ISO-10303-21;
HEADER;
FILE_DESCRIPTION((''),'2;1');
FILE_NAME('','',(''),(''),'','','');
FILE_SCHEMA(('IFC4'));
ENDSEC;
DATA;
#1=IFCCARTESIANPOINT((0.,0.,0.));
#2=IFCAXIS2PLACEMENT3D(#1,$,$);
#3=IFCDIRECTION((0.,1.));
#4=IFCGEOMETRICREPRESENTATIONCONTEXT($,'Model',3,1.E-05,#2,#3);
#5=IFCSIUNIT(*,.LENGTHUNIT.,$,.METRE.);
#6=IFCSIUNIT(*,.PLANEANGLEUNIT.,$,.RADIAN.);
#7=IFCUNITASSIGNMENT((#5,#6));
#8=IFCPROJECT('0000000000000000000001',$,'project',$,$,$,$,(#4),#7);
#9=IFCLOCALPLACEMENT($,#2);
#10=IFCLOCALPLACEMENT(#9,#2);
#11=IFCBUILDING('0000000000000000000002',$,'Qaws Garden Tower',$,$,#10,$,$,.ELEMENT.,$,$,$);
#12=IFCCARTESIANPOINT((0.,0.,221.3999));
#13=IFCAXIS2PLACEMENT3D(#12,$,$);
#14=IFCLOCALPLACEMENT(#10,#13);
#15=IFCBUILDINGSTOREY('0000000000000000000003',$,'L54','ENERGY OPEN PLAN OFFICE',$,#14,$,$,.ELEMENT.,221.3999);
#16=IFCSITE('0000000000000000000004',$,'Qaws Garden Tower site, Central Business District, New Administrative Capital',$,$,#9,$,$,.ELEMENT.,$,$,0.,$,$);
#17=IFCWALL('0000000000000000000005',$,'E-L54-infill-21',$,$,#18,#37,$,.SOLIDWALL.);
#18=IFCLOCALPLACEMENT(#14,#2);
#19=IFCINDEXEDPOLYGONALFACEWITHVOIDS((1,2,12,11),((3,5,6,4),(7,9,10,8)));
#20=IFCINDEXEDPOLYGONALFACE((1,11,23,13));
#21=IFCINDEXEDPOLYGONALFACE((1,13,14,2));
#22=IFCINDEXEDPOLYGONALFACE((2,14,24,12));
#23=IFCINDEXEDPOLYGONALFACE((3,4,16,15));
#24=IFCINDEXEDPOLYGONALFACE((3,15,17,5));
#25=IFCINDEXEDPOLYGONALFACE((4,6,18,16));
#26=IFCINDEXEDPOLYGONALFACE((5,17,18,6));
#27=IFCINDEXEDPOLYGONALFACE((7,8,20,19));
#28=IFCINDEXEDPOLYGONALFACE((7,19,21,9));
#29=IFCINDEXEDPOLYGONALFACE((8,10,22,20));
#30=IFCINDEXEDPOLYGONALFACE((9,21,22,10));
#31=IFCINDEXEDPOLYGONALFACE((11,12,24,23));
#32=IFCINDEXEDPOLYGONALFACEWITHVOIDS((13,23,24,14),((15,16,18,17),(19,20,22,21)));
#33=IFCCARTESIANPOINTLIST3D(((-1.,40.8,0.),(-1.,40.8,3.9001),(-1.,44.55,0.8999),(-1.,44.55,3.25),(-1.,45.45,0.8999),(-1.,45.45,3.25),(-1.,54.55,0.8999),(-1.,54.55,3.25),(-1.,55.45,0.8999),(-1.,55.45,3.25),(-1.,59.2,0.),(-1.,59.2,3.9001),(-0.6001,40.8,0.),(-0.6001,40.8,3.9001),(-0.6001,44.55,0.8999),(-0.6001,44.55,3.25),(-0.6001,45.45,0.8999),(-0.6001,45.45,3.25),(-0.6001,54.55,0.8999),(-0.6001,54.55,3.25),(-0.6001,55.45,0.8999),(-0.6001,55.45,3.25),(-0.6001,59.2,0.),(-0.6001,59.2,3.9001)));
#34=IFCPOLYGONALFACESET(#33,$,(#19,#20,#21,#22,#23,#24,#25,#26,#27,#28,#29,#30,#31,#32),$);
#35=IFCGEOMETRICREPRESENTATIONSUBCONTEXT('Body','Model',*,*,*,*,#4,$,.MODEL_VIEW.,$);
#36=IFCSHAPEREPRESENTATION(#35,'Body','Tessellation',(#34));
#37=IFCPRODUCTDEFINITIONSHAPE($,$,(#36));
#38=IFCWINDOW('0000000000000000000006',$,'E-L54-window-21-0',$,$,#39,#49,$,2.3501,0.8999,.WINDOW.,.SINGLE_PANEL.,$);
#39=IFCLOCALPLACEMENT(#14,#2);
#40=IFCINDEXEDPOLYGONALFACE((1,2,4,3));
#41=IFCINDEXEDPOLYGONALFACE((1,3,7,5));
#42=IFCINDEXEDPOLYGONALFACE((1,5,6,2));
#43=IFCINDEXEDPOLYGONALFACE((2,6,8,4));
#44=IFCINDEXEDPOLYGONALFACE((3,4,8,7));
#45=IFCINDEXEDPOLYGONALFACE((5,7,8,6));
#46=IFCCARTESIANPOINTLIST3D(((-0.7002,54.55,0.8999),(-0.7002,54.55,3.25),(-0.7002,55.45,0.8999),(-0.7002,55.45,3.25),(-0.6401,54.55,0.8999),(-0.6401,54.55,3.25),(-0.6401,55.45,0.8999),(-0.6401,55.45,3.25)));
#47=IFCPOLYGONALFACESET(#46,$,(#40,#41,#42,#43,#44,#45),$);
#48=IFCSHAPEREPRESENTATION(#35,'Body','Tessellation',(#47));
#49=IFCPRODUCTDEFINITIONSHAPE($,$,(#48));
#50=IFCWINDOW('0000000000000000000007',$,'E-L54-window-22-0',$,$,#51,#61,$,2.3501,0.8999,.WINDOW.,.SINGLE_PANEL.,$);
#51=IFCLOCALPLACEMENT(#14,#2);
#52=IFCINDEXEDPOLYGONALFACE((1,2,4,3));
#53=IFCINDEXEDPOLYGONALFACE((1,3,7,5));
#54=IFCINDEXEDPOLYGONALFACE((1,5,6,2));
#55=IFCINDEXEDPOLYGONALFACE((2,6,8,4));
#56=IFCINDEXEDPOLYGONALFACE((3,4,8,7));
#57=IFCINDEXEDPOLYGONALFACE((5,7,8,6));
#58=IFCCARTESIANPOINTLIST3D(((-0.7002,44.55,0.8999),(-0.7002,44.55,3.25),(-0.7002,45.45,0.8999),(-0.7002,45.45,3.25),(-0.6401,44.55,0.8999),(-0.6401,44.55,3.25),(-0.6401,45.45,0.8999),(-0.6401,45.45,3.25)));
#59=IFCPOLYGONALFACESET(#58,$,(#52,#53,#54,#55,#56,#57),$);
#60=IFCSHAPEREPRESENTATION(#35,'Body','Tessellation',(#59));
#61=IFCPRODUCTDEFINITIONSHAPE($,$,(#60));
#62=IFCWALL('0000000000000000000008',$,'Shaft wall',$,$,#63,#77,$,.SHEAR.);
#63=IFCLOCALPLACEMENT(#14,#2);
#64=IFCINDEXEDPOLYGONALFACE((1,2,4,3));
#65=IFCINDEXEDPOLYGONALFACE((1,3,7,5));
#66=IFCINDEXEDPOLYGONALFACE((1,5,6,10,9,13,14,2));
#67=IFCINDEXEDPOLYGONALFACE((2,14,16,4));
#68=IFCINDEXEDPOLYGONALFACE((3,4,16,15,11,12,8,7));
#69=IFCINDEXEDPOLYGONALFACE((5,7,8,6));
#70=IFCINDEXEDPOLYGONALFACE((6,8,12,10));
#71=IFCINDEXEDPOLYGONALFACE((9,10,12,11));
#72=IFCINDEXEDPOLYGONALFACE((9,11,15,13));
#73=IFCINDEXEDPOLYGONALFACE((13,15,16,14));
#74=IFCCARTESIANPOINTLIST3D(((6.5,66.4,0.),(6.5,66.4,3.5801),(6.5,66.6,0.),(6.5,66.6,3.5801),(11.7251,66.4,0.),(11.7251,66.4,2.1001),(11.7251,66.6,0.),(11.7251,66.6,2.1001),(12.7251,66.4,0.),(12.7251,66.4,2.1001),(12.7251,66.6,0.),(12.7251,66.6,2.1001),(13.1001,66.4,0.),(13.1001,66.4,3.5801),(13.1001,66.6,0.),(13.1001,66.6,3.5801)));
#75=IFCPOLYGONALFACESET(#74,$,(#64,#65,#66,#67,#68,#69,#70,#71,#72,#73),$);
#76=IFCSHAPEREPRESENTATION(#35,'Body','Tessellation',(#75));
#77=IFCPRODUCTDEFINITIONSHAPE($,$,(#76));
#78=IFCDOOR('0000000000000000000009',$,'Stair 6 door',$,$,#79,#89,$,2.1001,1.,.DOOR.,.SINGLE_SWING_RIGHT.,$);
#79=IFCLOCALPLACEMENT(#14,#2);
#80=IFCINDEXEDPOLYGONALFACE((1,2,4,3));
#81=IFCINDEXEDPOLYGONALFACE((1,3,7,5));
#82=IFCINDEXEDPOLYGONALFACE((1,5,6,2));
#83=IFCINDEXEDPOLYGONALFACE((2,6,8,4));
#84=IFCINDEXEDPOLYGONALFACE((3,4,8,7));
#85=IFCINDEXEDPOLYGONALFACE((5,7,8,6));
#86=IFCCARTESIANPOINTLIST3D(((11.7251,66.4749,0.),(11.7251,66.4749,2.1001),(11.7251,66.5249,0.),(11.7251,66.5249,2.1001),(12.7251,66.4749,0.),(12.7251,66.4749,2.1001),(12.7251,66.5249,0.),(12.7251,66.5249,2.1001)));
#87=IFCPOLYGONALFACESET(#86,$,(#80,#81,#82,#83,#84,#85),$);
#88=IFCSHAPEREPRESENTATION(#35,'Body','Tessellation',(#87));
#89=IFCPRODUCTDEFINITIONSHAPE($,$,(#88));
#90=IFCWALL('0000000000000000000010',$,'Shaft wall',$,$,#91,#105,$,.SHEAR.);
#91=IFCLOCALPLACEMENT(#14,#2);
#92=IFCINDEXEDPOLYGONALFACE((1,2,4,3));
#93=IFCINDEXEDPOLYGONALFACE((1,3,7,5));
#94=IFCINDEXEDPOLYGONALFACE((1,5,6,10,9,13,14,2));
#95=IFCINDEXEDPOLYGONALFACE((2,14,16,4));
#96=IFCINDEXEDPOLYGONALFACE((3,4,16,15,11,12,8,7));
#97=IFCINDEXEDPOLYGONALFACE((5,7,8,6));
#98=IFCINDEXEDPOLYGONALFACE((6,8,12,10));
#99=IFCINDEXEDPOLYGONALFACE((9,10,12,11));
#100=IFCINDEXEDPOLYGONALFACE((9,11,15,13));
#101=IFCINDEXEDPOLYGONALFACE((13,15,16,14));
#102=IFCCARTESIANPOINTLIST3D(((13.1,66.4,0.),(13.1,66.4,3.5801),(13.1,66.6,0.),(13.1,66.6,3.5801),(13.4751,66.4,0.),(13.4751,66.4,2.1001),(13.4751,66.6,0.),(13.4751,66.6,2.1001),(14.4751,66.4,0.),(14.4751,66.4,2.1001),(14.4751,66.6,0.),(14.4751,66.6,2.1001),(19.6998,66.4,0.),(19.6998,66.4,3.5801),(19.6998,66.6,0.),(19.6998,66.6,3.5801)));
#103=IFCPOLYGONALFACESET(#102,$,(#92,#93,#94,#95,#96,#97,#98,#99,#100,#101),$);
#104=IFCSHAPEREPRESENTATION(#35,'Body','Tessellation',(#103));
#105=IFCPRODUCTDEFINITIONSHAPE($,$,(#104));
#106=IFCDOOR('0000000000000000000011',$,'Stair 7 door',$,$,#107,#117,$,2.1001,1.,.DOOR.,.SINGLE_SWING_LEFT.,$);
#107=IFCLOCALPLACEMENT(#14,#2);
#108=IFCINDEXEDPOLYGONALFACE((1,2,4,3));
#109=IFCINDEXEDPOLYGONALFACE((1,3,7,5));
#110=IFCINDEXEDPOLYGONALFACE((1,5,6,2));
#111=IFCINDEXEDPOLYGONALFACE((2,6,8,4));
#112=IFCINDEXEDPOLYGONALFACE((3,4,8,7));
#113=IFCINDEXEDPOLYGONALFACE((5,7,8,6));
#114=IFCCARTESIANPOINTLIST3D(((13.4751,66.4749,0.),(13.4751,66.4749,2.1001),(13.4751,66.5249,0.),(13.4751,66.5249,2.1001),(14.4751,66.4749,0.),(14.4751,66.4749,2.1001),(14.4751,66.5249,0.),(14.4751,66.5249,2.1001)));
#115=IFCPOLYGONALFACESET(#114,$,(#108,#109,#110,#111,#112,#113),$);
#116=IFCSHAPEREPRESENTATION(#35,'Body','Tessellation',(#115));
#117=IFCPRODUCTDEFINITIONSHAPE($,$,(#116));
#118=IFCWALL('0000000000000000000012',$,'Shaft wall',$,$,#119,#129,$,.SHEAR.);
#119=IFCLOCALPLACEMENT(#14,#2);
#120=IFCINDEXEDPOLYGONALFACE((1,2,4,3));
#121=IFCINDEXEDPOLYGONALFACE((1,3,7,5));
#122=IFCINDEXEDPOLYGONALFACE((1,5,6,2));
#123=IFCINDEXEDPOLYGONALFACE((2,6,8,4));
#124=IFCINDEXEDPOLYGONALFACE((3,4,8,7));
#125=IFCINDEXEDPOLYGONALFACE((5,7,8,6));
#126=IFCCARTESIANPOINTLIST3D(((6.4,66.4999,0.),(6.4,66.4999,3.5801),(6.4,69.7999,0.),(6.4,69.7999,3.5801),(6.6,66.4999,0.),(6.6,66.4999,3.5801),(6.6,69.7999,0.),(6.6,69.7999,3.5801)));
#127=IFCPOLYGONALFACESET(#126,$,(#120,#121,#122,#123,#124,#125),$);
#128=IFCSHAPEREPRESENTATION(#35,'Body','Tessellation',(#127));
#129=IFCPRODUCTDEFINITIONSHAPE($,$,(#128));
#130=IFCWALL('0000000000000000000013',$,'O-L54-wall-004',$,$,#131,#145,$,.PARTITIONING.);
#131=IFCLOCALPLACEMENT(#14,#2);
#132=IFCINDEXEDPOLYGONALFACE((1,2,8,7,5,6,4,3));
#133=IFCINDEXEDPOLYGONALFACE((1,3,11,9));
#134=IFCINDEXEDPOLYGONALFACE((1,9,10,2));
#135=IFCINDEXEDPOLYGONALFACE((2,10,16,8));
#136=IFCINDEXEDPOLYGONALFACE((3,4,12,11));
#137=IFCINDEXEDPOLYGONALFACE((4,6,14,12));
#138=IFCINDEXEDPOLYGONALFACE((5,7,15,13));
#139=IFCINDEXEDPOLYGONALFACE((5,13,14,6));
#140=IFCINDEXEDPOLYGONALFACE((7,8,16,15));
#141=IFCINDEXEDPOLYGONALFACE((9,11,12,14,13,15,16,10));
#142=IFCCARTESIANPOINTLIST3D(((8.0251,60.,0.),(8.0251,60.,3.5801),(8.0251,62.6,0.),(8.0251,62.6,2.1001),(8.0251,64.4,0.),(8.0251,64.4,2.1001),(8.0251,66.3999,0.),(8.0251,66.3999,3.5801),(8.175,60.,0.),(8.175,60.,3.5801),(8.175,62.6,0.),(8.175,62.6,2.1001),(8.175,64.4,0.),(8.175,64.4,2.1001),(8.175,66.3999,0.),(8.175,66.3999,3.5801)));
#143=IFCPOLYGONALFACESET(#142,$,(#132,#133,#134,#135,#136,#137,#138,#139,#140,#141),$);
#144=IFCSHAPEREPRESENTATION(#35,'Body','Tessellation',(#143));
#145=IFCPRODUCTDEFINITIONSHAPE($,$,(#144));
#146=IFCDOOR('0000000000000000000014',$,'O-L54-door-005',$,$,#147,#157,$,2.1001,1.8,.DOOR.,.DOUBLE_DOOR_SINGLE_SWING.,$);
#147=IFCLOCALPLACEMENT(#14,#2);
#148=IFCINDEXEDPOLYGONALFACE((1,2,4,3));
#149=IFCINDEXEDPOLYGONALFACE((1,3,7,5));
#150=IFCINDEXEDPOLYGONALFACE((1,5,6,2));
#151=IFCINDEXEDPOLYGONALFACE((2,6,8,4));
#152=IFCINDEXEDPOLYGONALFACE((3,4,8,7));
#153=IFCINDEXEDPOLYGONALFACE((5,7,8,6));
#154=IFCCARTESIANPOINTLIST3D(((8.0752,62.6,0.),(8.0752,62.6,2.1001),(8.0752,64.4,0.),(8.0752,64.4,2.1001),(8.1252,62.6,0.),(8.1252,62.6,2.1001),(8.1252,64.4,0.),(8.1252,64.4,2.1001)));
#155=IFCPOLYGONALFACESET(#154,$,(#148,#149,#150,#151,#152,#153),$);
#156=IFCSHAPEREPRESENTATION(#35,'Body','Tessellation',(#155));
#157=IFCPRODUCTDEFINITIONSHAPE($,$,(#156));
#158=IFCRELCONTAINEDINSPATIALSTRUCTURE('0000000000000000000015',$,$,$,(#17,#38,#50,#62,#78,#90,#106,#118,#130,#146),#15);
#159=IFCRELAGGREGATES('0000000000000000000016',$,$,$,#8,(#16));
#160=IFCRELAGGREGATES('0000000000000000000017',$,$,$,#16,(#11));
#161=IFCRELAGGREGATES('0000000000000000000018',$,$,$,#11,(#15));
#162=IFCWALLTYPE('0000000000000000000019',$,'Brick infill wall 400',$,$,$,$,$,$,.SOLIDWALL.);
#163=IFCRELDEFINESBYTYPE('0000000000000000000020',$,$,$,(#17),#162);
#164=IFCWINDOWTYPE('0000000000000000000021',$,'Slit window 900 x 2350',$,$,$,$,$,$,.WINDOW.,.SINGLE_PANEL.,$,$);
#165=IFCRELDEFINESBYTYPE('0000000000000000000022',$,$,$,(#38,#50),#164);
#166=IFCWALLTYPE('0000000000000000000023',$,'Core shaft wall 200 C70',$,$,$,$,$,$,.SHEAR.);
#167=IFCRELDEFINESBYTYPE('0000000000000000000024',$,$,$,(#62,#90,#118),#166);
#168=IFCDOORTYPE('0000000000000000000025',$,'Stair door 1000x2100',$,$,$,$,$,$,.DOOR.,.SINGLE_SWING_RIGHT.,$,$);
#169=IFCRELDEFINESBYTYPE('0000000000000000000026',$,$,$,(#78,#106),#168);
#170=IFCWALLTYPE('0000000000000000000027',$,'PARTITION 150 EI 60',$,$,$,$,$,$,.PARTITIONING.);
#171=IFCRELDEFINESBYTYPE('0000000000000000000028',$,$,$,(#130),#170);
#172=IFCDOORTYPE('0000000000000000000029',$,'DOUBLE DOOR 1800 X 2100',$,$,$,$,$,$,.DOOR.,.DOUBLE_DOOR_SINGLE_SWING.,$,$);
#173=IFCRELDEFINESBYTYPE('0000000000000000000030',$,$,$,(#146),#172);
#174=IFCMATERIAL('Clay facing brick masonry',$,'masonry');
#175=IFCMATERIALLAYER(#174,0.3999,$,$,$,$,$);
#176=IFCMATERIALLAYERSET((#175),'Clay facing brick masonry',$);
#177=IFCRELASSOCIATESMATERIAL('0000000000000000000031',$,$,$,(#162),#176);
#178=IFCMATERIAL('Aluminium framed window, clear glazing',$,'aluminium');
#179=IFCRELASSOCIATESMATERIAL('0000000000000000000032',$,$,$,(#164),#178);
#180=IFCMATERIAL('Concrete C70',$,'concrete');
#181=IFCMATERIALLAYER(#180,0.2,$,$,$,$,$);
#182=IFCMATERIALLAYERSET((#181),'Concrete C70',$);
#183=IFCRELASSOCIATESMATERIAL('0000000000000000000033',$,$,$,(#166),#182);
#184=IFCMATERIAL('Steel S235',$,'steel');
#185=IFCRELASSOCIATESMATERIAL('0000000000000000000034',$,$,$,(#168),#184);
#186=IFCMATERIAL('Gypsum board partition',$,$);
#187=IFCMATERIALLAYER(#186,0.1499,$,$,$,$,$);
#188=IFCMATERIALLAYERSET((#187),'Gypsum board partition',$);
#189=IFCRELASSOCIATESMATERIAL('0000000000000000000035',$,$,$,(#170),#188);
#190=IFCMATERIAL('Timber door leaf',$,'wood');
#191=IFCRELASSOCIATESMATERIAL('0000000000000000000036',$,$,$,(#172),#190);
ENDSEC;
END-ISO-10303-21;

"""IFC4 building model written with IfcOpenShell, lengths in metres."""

from ifc_helpers import new_model, si_unit, direction, frame, frame_2d, origin, place, context, subcontext, project, spatial, rectangle, extrude, material, layer, layer_set, type_object, element, fill, save


model = new_model("IFC4")

# Units and contexts
model_context = context("Model", 3, precision=1e-05, world=origin(), true_north=direction((0.0, 1.0)))
body_context = subcontext(model_context, "Body", "Model", "MODEL_VIEW")
ifc_project = project(units=[si_unit("LENGTHUNIT", "METRE"), si_unit("PLANEANGLEUNIT", "RADIAN")], contexts=[model_context])

# Site, building, storey
site_placement = place(None, origin())
site = spatial("IfcSite", under=ifc_project, at=site_placement, Name="Qaws Garden Tower site, Central Business District, New Administrative Capital", CompositionType="ELEMENT", RefElevation=0.0)
building_placement = place(site_placement, origin())
building = spatial("IfcBuilding", under=site, at=building_placement, Name="Qaws Garden Tower", CompositionType="ELEMENT")
storey_placement = place(building_placement, frame((0.0, 0.0, 221.3999)))
storey = spatial("IfcBuildingStorey", under=building, at=storey_placement, Name="L54", Description="ENERGY OPEN PLAN OFFICE", CompositionType="ELEMENT", Elevation=221.3999)

# Shared definitions
ifc_material_1 = material(Name="Clay facing brick masonry", Category="masonry")
ifc_layer_1 = layer(ifc_material_1, 0.3999)
ifc_layer_set_1 = layer_set([ifc_layer_1], Name="Clay facing brick masonry")
wall_type_1 = type_object("IfcWallType", Name="Brick infill wall 400", PredefinedType="SOLIDWALL", material=ifc_layer_set_1)

# Wall, openings, windows
wall_1_placement = place(storey_placement, frame((-0.8, 59.2, 0.0), z_axis=(0.0, 0.0, 1.0), x_axis=(0.0, -1.0, 0.0)))
wall_1 = element("IfcWall", 1, at=wall_1_placement, inside=storey, type_object=wall_type_1, Name="E-L54-infill-21", PredefinedType="SOLIDWALL", context=body_context, shape_type="SweptSolid", body=[
    extrude(rectangle(XDim=18.3999, YDim=0.3999, at=frame_2d((9.2, 0.0))), origin(), (0.0, 0.0, 1.0), 3.9001),
])
opening_1_placement = place(wall_1_placement, frame((3.75, 0.0, 0.8999)))
opening_1 = element("IfcOpeningElement", 2, at=opening_1_placement, cuts=wall_1, PredefinedType="OPENING", context=body_context, shape_type="SweptSolid", body=[
    extrude(rectangle(XDim=0.8999, YDim=2.3501, at=frame_2d((0.45, 1.175))), frame((0.0, 0.21, 0.0), z_axis=(0.0, -1.0, 0.0), x_axis=(1.0, 0.0, 0.0)), (0.0, 0.0, 1.0), 0.4199),
])
opening_2_placement = place(wall_1_placement, frame((13.75, 0.0, 0.8999)))
opening_2 = element("IfcOpeningElement", 3, at=opening_2_placement, cuts=wall_1, PredefinedType="OPENING", context=body_context, shape_type="SweptSolid", body=[
    extrude(rectangle(XDim=0.8999, YDim=2.3501, at=frame_2d((0.45, 1.175))), frame((0.0, 0.21, 0.0), z_axis=(0.0, -1.0, 0.0), x_axis=(1.0, 0.0, 0.0)), (0.0, 0.0, 1.0), 0.4199),
])
ifc_material_2 = material(Name="Aluminium framed window, clear glazing", Category="aluminium")
window_type_1 = type_object("IfcWindowType", Name="Slit window 900 x 2350", PartitioningType="SINGLE_PANEL", PredefinedType="WINDOW", material=ifc_material_2)
window_1_placement = place(opening_1_placement, origin())
window_1 = element("IfcWindow", 4, at=window_1_placement, inside=storey, type_object=window_type_1, Name="E-L54-window-21-0", OverallHeight=2.3501, OverallWidth=0.8999, PartitioningType="SINGLE_PANEL", PredefinedType="WINDOW", context=body_context, shape_type="SweptSolid", body=[
    extrude(rectangle(XDim=0.8999, YDim=2.3501, at=frame_2d((0.45, 1.175))), frame((0.0, 0.1599, 0.0), z_axis=(0.0, -1.0, 0.0), x_axis=(1.0, 0.0, 0.0)), (0.0, 0.0, 1.0), 0.0601),
])
fill(opening_1, window_1)
window_2_placement = place(opening_2_placement, origin())
window_2 = element("IfcWindow", 5, at=window_2_placement, inside=storey, type_object=window_type_1, Name="E-L54-window-22-0", OverallHeight=2.3501, OverallWidth=0.8999, PartitioningType="SINGLE_PANEL", PredefinedType="WINDOW", context=body_context, shape_type="SweptSolid", body=[
    extrude(rectangle(XDim=0.8999, YDim=2.3501, at=frame_2d((0.45, 1.175))), frame((0.0, 0.1599, 0.0), z_axis=(0.0, -1.0, 0.0), x_axis=(1.0, 0.0, 0.0)), (0.0, 0.0, 1.0), 0.0601),
])
fill(opening_2, window_2)

# Walls, openings, doors
ifc_material_3 = material(Name="Concrete C70", Category="concrete")
ifc_layer_2 = layer(ifc_material_3, 0.2)
ifc_layer_set_2 = layer_set([ifc_layer_2], Name="Concrete C70")
wall_type_2 = type_object("IfcWallType", Name="Core shaft wall 200 C70", PredefinedType="SHEAR", material=ifc_layer_set_2)
wall_2_placement = place(storey_placement, frame((6.5, 66.5, 0.0), z_axis=(0.0, 0.0, 1.0), x_axis=(1.0, 0.0, 0.0)))
wall_2 = element("IfcWall", 6, at=wall_2_placement, inside=storey, type_object=wall_type_2, Name="Shaft wall", PredefinedType="SHEAR", context=body_context, shape_type="SweptSolid", body=[
    extrude(rectangle(XDim=6.6001, YDim=0.2, at=frame_2d((3.3, 0.0))), origin(), (0.0, 0.0, 1.0), 3.5801),
])
opening_3_placement = place(wall_2_placement, frame((5.2251, 0.0, 0.0)))
opening_3 = element("IfcOpeningElement", 7, at=opening_3_placement, cuts=wall_2, PredefinedType="OPENING", context=body_context, shape_type="SweptSolid", body=[
    extrude(rectangle(XDim=1.0, YDim=2.1001, at=frame_2d((0.5, 1.05))), frame((0.0, 0.1099, 0.0), z_axis=(0.0, -1.0, 0.0), x_axis=(1.0, 0.0, 0.0)), (0.0, 0.0, 1.0), 0.22),
])
ifc_material_4 = material(Name="Steel S235", Category="steel")
door_type_1 = type_object("IfcDoorType", Name="Stair door 1000x2100", OperationType="SINGLE_SWING_RIGHT", PredefinedType="DOOR", material=ifc_material_4)
door_1_placement = place(opening_3_placement, origin())
door_1 = element("IfcDoor", 8, at=door_1_placement, inside=storey, type_object=door_type_1, Name="Stair 6 door", OperationType="SINGLE_SWING_RIGHT", OverallHeight=2.1001, OverallWidth=1.0, PredefinedType="DOOR", context=body_context, shape_type="SweptSolid", body=[
    extrude(rectangle(XDim=1.0, YDim=2.1001, at=frame_2d((0.5, 1.05))), frame((0.0, 0.0249, 0.0), z_axis=(0.0, -1.0, 0.0), x_axis=(1.0, 0.0, 0.0)), (0.0, 0.0, 1.0), 0.05),
])
fill(opening_3, door_1)
wall_3_placement = place(storey_placement, frame((13.1001, 66.5, 0.0), z_axis=(0.0, 0.0, 1.0), x_axis=(1.0, 0.0, 0.0)))
wall_3 = element("IfcWall", 9, at=wall_3_placement, inside=storey, type_object=wall_type_2, Name="Shaft wall", PredefinedType="SHEAR", context=body_context, shape_type="SweptSolid", body=[
    extrude(rectangle(XDim=6.5999, YDim=0.2, at=frame_2d((3.2998, 0.0))), origin(), (0.0, 0.0, 1.0), 3.5801),
])
opening_4_placement = place(wall_3_placement, frame((0.375, 0.0, 0.0)))
opening_4 = element("IfcOpeningElement", 10, at=opening_4_placement, cuts=wall_3, PredefinedType="OPENING", context=body_context, shape_type="SweptSolid", body=[
    extrude(rectangle(XDim=1.0, YDim=2.1001, at=frame_2d((0.5, 1.05))), frame((0.0, 0.1099, 0.0), z_axis=(0.0, -1.0, 0.0), x_axis=(1.0, 0.0, 0.0)), (0.0, 0.0, 1.0), 0.22),
])
door_2_placement = place(opening_4_placement, origin())
door_2 = element("IfcDoor", 11, at=door_2_placement, inside=storey, type_object=door_type_1, Name="Stair 7 door", OperationType="SINGLE_SWING_LEFT", OverallHeight=2.1001, OverallWidth=1.0, PredefinedType="DOOR", context=body_context, shape_type="SweptSolid", body=[
    extrude(rectangle(XDim=1.0, YDim=2.1001, at=frame_2d((0.5, 1.05))), frame((0.0, 0.0249, 0.0), z_axis=(0.0, -1.0, 0.0), x_axis=(1.0, 0.0, 0.0)), (0.0, 0.0, 1.0), 0.05),
])
fill(opening_4, door_2)

# Wall
wall_4_placement = place(storey_placement, frame((6.5, 66.5, 0.0), z_axis=(0.0, 0.0, 1.0), x_axis=(0.0, 1.0, 0.0)))
element("IfcWall", 12, at=wall_4_placement, inside=storey, type_object=wall_type_2, Name="Shaft wall", PredefinedType="SHEAR", context=body_context, shape_type="SweptSolid", body=[
    extrude(rectangle(XDim=3.3, YDim=0.2, at=frame_2d((1.6499, 0.0))), origin(), (0.0, 0.0, 1.0), 3.5801),
])

# Wall, opening, door
ifc_material_5 = material(Name="Gypsum board partition")
ifc_layer_3 = layer(ifc_material_5, 0.1499)
ifc_layer_set_3 = layer_set([ifc_layer_3], Name="Gypsum board partition")
wall_type_3 = type_object("IfcWallType", Name="PARTITION 150 EI 60", PredefinedType="PARTITIONING", material=ifc_layer_set_3)
wall_5_placement = place(storey_placement, frame((8.1001, 60.0, 0.0), z_axis=(0.0, 0.0, 1.0), x_axis=(0.0, 1.0, 0.0)))
wall_5 = element("IfcWall", 13, at=wall_5_placement, inside=storey, type_object=wall_type_3, Name="O-L54-wall-004", PredefinedType="PARTITIONING", context=body_context, shape_type="SweptSolid", body=[
    extrude(rectangle(XDim=6.3999, YDim=0.1499, at=frame_2d((3.2, 0.0))), origin(), (0.0, 0.0, 1.0), 3.5801),
])
opening_5_placement = place(wall_5_placement, frame((2.6001, 0.0, 0.0)))
opening_5 = element("IfcOpeningElement", 14, at=opening_5_placement, cuts=wall_5, PredefinedType="OPENING", context=body_context, shape_type="SweptSolid", body=[
    extrude(rectangle(XDim=1.8, YDim=2.1001, at=frame_2d((0.8999, 1.05))), frame((0.0, 0.085, 0.0), z_axis=(0.0, -1.0, 0.0), x_axis=(1.0, 0.0, 0.0)), (0.0, 0.0, 1.0), 0.1699),
])
ifc_material_6 = material(Name="Timber door leaf", Category="wood")
door_type_2 = type_object("IfcDoorType", Name="DOUBLE DOOR 1800 X 2100", OperationType="DOUBLE_DOOR_SINGLE_SWING", PredefinedType="DOOR", material=ifc_material_6)
door_3_placement = place(opening_5_placement, origin())
door_3 = element("IfcDoor", 15, at=door_3_placement, inside=storey, type_object=door_type_2, Name="O-L54-door-005", OperationType="DOUBLE_DOOR_SINGLE_SWING", OverallHeight=2.1001, OverallWidth=1.8, PredefinedType="DOOR", context=body_context, shape_type="SweptSolid", body=[
    extrude(rectangle(XDim=1.8, YDim=2.1001, at=frame_2d((0.8999, 1.05))), frame((0.0, 0.0249, 0.0), z_axis=(0.0, -1.0, 0.0), x_axis=(1.0, 0.0, 0.0)), (0.0, 0.0, 1.0), 0.05),
])
fill(opening_5, door_3)

save(model, "model.ifc")
